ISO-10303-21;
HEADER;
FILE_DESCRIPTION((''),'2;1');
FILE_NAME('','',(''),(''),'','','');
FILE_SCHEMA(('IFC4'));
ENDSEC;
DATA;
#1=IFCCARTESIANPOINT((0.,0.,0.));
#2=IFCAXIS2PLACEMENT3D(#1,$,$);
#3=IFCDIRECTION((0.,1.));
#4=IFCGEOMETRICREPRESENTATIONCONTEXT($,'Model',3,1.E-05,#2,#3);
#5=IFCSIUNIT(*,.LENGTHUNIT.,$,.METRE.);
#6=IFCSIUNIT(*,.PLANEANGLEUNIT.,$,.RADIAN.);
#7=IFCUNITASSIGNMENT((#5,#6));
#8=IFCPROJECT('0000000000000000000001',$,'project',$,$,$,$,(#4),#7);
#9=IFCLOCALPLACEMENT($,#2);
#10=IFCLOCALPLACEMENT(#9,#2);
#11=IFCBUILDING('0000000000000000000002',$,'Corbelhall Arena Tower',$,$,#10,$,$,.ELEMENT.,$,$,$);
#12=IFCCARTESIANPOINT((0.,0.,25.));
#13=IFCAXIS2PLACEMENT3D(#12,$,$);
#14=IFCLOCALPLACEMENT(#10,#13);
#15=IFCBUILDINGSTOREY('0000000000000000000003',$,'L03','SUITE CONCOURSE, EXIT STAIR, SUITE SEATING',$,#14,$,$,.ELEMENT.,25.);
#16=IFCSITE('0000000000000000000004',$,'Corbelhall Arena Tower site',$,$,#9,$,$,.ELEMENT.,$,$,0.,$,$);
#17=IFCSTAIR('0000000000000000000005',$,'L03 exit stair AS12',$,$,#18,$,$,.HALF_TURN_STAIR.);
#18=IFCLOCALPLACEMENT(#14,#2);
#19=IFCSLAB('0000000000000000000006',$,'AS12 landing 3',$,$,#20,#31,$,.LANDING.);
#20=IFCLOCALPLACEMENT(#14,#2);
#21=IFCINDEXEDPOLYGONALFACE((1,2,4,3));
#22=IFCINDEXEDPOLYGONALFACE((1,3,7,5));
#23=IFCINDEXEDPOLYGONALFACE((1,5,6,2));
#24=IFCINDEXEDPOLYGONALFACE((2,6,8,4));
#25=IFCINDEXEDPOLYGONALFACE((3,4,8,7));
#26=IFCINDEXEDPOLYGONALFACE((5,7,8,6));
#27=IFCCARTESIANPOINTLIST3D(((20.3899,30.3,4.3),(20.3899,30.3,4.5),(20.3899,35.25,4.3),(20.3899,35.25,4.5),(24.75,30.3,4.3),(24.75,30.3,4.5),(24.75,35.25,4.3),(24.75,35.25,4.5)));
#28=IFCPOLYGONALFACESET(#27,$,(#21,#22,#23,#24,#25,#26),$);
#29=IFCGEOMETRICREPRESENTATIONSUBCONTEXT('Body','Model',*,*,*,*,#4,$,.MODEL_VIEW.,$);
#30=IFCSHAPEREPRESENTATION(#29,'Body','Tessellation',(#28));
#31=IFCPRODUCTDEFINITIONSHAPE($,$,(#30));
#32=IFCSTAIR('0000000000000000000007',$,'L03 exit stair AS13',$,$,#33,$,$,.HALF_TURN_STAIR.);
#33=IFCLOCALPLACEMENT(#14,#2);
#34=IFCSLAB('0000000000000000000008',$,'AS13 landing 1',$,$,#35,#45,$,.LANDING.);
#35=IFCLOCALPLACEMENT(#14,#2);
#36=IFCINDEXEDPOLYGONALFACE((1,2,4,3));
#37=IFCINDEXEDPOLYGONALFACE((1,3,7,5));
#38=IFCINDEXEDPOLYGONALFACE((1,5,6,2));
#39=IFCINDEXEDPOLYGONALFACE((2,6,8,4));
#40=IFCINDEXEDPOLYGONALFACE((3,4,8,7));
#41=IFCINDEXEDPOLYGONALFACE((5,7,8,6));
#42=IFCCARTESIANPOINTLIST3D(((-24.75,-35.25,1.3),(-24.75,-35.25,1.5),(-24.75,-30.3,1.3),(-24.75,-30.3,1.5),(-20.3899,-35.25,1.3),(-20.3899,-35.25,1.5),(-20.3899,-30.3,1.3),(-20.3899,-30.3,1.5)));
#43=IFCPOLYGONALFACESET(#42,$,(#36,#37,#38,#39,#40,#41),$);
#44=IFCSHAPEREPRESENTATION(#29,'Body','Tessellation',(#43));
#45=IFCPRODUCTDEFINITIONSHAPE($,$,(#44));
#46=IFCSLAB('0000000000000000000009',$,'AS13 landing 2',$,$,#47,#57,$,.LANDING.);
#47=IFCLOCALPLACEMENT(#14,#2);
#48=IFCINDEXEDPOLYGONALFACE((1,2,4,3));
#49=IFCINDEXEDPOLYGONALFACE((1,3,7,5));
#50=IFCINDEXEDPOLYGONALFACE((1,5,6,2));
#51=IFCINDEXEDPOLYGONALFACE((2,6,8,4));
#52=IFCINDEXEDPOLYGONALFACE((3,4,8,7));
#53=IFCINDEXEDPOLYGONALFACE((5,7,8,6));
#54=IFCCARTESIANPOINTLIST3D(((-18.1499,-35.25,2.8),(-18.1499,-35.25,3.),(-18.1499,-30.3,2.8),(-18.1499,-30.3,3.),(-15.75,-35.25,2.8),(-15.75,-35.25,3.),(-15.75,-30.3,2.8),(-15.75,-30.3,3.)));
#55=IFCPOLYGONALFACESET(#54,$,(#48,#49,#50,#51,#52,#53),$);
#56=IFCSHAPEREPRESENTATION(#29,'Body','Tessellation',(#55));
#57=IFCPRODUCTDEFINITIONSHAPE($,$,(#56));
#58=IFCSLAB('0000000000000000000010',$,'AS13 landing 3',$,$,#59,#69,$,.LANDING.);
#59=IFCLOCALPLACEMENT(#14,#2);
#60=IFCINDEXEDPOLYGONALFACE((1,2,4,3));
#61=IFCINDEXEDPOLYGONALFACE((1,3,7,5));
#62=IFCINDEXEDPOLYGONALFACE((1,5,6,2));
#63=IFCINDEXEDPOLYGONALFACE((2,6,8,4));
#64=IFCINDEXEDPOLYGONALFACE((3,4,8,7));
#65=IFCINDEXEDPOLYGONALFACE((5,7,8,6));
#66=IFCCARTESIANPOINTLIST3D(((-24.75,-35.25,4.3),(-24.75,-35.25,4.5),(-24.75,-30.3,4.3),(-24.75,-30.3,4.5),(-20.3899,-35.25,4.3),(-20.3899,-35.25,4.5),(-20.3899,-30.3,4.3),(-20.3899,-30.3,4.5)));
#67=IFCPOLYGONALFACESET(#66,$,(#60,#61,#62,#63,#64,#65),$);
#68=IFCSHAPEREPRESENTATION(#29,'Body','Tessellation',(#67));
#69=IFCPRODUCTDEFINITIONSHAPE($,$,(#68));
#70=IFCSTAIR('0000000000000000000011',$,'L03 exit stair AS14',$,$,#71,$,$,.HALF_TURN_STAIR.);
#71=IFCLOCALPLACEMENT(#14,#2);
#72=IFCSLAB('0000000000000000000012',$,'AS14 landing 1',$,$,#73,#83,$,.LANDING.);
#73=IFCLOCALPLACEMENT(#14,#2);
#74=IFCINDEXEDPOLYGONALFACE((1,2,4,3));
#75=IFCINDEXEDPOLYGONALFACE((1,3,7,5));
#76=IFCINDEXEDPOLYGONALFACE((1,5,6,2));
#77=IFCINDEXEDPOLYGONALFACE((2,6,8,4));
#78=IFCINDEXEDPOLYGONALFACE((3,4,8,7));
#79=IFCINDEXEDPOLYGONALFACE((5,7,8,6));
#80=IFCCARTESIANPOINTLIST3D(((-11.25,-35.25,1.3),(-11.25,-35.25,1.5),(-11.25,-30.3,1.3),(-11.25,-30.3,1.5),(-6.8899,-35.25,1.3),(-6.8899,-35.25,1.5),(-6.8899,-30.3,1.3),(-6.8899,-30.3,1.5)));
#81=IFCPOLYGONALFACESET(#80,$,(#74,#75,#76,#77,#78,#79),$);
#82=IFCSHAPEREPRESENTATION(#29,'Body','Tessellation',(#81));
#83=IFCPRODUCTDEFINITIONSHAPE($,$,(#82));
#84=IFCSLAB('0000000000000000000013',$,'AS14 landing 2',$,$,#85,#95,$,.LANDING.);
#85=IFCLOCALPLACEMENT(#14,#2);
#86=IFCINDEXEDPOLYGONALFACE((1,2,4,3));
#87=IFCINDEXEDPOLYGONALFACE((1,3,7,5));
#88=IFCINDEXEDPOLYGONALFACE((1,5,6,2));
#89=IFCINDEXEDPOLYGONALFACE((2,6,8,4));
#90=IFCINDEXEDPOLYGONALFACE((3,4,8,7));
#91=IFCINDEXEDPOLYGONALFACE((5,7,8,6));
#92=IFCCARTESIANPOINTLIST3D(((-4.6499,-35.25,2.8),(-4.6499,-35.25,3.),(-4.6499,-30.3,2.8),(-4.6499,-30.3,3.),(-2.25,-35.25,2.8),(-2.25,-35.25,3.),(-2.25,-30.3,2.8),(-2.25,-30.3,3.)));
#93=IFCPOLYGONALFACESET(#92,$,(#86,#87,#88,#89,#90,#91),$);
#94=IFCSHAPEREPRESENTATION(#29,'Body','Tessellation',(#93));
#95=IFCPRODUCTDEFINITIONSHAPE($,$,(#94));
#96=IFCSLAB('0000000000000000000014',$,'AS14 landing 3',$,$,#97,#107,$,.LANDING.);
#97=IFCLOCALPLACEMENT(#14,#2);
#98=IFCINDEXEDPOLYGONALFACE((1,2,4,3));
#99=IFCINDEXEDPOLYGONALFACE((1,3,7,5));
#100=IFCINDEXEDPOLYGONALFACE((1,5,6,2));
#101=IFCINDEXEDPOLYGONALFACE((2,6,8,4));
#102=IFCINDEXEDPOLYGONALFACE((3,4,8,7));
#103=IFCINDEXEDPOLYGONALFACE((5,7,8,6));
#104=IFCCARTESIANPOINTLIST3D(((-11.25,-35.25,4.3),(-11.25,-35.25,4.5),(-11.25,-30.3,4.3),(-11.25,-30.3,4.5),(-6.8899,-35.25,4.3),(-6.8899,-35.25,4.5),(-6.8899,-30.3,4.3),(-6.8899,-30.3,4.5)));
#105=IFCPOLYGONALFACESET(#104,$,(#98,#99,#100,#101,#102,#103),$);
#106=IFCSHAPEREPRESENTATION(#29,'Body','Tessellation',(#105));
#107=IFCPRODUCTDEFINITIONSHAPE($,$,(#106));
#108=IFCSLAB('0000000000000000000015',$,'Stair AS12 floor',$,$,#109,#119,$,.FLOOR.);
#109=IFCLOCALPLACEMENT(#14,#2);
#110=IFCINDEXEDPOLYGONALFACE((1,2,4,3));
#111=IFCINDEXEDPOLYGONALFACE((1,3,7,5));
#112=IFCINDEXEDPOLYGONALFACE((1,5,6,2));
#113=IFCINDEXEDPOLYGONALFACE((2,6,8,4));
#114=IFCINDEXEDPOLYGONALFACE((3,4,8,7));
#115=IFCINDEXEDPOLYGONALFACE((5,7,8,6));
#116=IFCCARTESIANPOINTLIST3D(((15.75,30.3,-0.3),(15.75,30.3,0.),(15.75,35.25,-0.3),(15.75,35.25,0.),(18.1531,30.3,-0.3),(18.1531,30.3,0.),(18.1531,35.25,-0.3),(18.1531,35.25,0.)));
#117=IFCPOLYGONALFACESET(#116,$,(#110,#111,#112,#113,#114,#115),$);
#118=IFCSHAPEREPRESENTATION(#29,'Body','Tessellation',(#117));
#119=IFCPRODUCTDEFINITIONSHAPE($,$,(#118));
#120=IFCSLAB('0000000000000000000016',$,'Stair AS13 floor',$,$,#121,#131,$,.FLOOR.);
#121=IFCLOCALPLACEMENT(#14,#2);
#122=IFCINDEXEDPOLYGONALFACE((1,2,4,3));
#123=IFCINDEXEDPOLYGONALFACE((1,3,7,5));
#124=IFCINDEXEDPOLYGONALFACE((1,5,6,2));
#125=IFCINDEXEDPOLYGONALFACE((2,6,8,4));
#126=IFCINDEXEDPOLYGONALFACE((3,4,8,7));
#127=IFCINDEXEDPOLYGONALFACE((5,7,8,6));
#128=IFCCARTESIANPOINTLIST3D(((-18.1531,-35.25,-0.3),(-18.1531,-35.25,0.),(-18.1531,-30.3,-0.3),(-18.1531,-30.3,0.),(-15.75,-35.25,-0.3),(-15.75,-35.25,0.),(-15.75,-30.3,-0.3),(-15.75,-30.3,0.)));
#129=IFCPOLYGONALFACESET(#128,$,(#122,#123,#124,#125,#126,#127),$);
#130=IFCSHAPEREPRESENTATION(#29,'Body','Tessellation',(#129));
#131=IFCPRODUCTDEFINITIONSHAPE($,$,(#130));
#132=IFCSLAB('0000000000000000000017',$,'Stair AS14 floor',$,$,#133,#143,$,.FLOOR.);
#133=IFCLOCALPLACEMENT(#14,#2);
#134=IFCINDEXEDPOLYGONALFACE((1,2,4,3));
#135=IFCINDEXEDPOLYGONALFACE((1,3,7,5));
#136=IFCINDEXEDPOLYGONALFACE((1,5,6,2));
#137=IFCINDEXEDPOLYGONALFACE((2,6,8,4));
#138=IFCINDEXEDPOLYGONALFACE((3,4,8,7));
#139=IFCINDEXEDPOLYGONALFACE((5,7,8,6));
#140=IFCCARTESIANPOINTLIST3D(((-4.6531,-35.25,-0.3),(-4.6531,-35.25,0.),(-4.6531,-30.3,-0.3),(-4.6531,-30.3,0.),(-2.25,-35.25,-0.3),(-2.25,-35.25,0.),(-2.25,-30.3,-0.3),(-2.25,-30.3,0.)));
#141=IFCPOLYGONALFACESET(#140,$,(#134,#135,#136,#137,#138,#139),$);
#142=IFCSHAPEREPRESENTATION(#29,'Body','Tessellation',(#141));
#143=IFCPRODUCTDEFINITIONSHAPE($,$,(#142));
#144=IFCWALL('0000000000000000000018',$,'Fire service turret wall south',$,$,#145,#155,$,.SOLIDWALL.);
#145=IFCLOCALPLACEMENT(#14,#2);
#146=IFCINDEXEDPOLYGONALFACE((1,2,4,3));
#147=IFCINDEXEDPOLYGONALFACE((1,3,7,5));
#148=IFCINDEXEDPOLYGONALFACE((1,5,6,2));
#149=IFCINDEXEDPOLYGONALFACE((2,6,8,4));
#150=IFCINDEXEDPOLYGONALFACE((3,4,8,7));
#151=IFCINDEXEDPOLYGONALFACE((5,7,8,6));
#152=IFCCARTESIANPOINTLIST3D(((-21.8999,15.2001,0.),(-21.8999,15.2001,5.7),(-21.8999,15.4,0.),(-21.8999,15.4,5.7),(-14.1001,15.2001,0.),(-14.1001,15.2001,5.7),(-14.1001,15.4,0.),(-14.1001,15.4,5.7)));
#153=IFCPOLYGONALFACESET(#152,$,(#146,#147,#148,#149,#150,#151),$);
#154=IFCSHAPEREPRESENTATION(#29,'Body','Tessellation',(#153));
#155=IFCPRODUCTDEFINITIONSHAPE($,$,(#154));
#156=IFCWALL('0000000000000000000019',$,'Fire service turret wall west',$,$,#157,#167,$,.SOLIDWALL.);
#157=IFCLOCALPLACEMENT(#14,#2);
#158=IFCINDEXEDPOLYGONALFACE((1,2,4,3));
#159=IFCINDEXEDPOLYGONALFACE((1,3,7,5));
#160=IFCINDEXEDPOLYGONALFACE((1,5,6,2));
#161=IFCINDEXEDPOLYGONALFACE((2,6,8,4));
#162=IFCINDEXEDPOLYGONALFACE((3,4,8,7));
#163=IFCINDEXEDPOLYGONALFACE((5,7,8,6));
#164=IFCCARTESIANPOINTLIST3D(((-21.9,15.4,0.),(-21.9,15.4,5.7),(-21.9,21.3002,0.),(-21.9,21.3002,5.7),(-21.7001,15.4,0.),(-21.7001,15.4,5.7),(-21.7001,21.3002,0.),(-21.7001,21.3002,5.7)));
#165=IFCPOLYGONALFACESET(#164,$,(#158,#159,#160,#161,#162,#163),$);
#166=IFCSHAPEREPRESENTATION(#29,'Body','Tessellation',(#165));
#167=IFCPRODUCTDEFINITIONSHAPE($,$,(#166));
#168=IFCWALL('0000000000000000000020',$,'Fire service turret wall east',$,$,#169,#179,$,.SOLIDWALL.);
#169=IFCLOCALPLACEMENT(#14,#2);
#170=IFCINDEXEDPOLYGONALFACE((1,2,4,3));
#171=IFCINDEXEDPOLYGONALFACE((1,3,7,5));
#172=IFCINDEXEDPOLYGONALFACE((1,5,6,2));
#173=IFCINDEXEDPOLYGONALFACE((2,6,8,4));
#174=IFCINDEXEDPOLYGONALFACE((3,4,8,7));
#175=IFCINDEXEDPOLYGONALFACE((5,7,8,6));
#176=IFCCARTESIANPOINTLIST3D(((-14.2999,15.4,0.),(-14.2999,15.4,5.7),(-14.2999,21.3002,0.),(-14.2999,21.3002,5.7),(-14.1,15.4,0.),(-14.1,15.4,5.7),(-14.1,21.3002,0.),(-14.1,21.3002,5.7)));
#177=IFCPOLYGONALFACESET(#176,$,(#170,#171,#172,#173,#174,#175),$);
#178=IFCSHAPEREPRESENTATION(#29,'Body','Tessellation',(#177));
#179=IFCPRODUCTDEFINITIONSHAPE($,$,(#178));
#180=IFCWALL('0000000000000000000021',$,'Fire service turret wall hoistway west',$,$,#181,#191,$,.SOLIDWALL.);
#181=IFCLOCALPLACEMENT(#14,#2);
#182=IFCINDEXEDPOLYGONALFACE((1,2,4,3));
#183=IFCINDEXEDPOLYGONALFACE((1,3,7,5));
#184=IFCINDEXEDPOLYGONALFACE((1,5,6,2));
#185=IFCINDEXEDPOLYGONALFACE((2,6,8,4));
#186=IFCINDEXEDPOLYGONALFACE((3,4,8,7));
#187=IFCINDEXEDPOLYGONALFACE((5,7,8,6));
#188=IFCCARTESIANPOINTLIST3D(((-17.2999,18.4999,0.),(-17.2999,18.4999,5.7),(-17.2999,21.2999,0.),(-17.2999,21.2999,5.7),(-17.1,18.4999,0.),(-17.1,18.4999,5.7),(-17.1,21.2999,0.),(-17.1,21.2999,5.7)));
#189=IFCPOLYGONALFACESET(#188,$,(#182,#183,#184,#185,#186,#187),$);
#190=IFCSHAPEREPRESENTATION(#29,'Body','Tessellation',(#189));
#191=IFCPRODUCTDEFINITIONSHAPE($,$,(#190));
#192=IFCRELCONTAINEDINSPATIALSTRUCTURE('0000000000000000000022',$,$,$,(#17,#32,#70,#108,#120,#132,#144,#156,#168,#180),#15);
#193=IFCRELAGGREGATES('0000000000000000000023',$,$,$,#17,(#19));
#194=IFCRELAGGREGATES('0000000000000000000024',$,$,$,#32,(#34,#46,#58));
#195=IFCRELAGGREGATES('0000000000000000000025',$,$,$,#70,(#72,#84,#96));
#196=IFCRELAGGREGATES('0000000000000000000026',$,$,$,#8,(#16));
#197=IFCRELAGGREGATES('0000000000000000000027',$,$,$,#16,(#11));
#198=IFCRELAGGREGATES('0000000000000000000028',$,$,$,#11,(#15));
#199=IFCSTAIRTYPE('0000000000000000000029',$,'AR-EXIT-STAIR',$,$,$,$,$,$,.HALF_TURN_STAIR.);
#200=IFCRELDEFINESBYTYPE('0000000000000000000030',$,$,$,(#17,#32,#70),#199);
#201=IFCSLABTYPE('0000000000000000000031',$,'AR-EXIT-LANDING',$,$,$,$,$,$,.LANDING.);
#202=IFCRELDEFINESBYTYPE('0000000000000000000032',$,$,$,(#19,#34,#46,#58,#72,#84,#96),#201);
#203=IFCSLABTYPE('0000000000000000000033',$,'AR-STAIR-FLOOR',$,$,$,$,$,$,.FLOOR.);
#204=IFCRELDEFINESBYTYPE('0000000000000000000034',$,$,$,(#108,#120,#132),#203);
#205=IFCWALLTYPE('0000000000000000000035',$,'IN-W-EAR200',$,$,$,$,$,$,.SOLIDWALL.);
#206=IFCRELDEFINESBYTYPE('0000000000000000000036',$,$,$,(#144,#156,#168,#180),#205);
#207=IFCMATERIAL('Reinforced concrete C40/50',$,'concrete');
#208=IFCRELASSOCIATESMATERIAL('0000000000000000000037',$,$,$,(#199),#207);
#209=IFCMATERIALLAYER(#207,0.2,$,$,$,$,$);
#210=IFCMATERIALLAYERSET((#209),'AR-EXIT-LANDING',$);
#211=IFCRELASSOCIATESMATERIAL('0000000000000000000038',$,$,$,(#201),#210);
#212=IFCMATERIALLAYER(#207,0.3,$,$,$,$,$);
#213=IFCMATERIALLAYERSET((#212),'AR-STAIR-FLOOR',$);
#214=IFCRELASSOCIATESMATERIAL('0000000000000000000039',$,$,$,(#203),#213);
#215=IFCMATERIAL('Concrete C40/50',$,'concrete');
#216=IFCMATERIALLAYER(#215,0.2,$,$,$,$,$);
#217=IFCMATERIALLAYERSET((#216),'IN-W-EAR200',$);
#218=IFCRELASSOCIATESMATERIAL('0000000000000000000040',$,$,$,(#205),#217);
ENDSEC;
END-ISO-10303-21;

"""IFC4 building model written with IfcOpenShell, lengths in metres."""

from ifc_helpers import new_model, si_unit, direction, frame, frame_2d, origin, place, context, subcontext, project, spatial, polyline, rectangle, outline, extrude, material, layer, layer_set, type_object, element, aggregate, save


model = new_model("IFC4")

# Units and contexts
model_context = context("Model", 3, precision=1e-05, world=origin(), true_north=direction((0.0, 1.0)))
body_context = subcontext(model_context, "Body", "Model", "MODEL_VIEW")
ifc_project = project(units=[si_unit("LENGTHUNIT", "METRE"), si_unit("PLANEANGLEUNIT", "RADIAN")], contexts=[model_context])

# Site, building, storey
site_placement = place(None, origin())
site = spatial("IfcSite", under=ifc_project, at=site_placement, Name="Corbelhall Arena Tower site", CompositionType="ELEMENT", RefElevation=0.0)
building_placement = place(site_placement, origin())
building = spatial("IfcBuilding", under=site, at=building_placement, Name="Corbelhall Arena Tower", CompositionType="ELEMENT")
storey_placement = place(building_placement, frame((0.0, 0.0, 25.0)))
storey = spatial("IfcBuildingStorey", under=building, at=storey_placement, Name="L03", Description="SUITE CONCOURSE, EXIT STAIR, SUITE SEATING", CompositionType="ELEMENT", Elevation=25.0)

# Stair, slab
ifc_material_1 = material(Name="Reinforced concrete C40/50", Category="concrete")
stair_type_1 = type_object("IfcStairType", Name="AR-EXIT-STAIR", PredefinedType="HALF_TURN_STAIR", material=ifc_material_1)
stair_1_placement = place(storey_placement, origin())
stair_1 = element("IfcStair", 1, at=stair_1_placement, inside=storey, type_object=stair_type_1, Name="L03 exit stair AS12", PredefinedType="HALF_TURN_STAIR")
ifc_layer_1 = layer(ifc_material_1, 0.2)
ifc_layer_set_1 = layer_set([ifc_layer_1], Name="AR-EXIT-LANDING")
slab_type_1 = type_object("IfcSlabType", Name="AR-EXIT-LANDING", PredefinedType="LANDING", material=ifc_layer_set_1)
slab_1_placement = place(storey_placement, frame((0.0, 0.0, 4.3)))
slab_1 = element("IfcSlab", 2, at=slab_1_placement, type_object=slab_type_1, Name="AS12 landing 3", PredefinedType="LANDING", context=body_context, shape_type="SweptSolid", body=[
    extrude(outline(polyline([(20.3899, 30.3), (24.75, 30.3), (24.75, 35.25), (20.3899, 35.25), (20.3899, 30.3)])), origin(), (0.0, 0.0, 1.0), 0.2),
])
aggregate(stair_1, [slab_1])

# Stairs, slabs
stair_2_placement = place(storey_placement, origin())
stair_2 = element("IfcStair", 3, at=stair_2_placement, inside=storey, type_object=stair_type_1, Name="L03 exit stair AS13", PredefinedType="HALF_TURN_STAIR")
slab_2_placement = place(storey_placement, frame((0.0, 0.0, 1.3)))
slab_2 = element("IfcSlab", 4, at=slab_2_placement, type_object=slab_type_1, Name="AS13 landing 1", PredefinedType="LANDING", context=body_context, shape_type="SweptSolid", body=[
    extrude(outline(polyline([(-20.3899, -30.3), (-24.75, -30.3), (-24.75, -35.25), (-20.3899, -35.25), (-20.3899, -30.3)])), origin(), (0.0, 0.0, 1.0), 0.2),
])
slab_3_placement = place(storey_placement, frame((0.0, 0.0, 2.8)))
slab_3 = element("IfcSlab", 5, at=slab_3_placement, type_object=slab_type_1, Name="AS13 landing 2", PredefinedType="LANDING", context=body_context, shape_type="SweptSolid", body=[
    extrude(outline(polyline([(-15.75, -30.3), (-18.1499, -30.3), (-18.1499, -35.25), (-15.75, -35.25), (-15.75, -30.3)])), origin(), (0.0, 0.0, 1.0), 0.2),
])
slab_4_placement = place(storey_placement, frame((0.0, 0.0, 4.3)))
slab_4 = element("IfcSlab", 6, at=slab_4_placement, type_object=slab_type_1, Name="AS13 landing 3", PredefinedType="LANDING", context=body_context, shape_type="SweptSolid", body=[
    extrude(outline(polyline([(-20.3899, -30.3), (-24.75, -30.3), (-24.75, -35.25), (-20.3899, -35.25), (-20.3899, -30.3)])), origin(), (0.0, 0.0, 1.0), 0.2),
])
aggregate(stair_2, [slab_2, slab_3, slab_4])
stair_3_placement = place(storey_placement, origin())
stair_3 = element("IfcStair", 7, at=stair_3_placement, inside=storey, type_object=stair_type_1, Name="L03 exit stair AS14", PredefinedType="HALF_TURN_STAIR")
slab_5_placement = place(storey_placement, frame((0.0, 0.0, 1.3)))
slab_5 = element("IfcSlab", 8, at=slab_5_placement, type_object=slab_type_1, Name="AS14 landing 1", PredefinedType="LANDING", context=body_context, shape_type="SweptSolid", body=[
    extrude(outline(polyline([(-6.8899, -30.3), (-11.25, -30.3), (-11.25, -35.25), (-6.8899, -35.25), (-6.8899, -30.3)])), origin(), (0.0, 0.0, 1.0), 0.2),
])
slab_6_placement = place(storey_placement, frame((0.0, 0.0, 2.8)))
slab_6 = element("IfcSlab", 9, at=slab_6_placement, type_object=slab_type_1, Name="AS14 landing 2", PredefinedType="LANDING", context=body_context, shape_type="SweptSolid", body=[
    extrude(outline(polyline([(-2.25, -30.3), (-4.6499, -30.3), (-4.6499, -35.25), (-2.25, -35.25), (-2.25, -30.3)])), origin(), (0.0, 0.0, 1.0), 0.2),
])
slab_7_placement = place(storey_placement, frame((0.0, 0.0, 4.3)))
slab_7 = element("IfcSlab", 10, at=slab_7_placement, type_object=slab_type_1, Name="AS14 landing 3", PredefinedType="LANDING", context=body_context, shape_type="SweptSolid", body=[
    extrude(outline(polyline([(-6.8899, -30.3), (-11.25, -30.3), (-11.25, -35.25), (-6.8899, -35.25), (-6.8899, -30.3)])), origin(), (0.0, 0.0, 1.0), 0.2),
])
aggregate(stair_3, [slab_5, slab_6, slab_7])

# Slabs
ifc_layer_2 = layer(ifc_material_1, 0.3)
ifc_layer_set_2 = layer_set([ifc_layer_2], Name="AR-STAIR-FLOOR")
slab_type_2 = type_object("IfcSlabType", Name="AR-STAIR-FLOOR", PredefinedType="FLOOR", material=ifc_layer_set_2)
slab_8_placement = place(storey_placement, frame((0.0, 0.0, -0.3)))
element("IfcSlab", 11, at=slab_8_placement, inside=storey, type_object=slab_type_2, Name="Stair AS12 floor", PredefinedType="FLOOR", context=body_context, shape_type="SweptSolid", body=[
    extrude(outline(polyline([(15.75, 30.3), (15.75, 35.25), (18.1531, 35.25), (18.1531, 30.3), (15.75, 30.3)])), origin(), (0.0, 0.0, 1.0), 0.3),
])
slab_9_placement = place(storey_placement, frame((0.0, 0.0, -0.3)))
element("IfcSlab", 12, at=slab_9_placement, inside=storey, type_object=slab_type_2, Name="Stair AS13 floor", PredefinedType="FLOOR", context=body_context, shape_type="SweptSolid", body=[
    extrude(outline(polyline([(-15.75, -30.3), (-15.75, -35.25), (-18.1531, -35.25), (-18.1531, -30.3), (-15.75, -30.3)])), origin(), (0.0, 0.0, 1.0), 0.3),
])
slab_10_placement = place(storey_placement, frame((0.0, 0.0, -0.3)))
element("IfcSlab", 13, at=slab_10_placement, inside=storey, type_object=slab_type_2, Name="Stair AS14 floor", PredefinedType="FLOOR", context=body_context, shape_type="SweptSolid", body=[
    extrude(outline(polyline([(-2.25, -30.3), (-2.25, -35.25), (-4.6531, -35.25), (-4.6531, -30.3), (-2.25, -30.3)])), origin(), (0.0, 0.0, 1.0), 0.3),
])

# Walls
ifc_material_2 = material(Name="Concrete C40/50", Category="concrete")
ifc_layer_3 = layer(ifc_material_2, 0.2)
ifc_layer_set_3 = layer_set([ifc_layer_3], Name="IN-W-EAR200")
wall_type = type_object("IfcWallType", Name="IN-W-EAR200", PredefinedType="SOLIDWALL", material=ifc_layer_set_3)
wall_1_placement = place(storey_placement, frame((-21.8999, 15.3, 0.0), z_axis=(0.0, 0.0, 1.0), x_axis=(1.0, 0.0, 0.0)))
element("IfcWall", 14, at=wall_1_placement, inside=storey, type_object=wall_type, Name="Fire service turret wall south", PredefinedType="SOLIDWALL", context=body_context, shape_type="SweptSolid", body=[
    extrude(rectangle(XDim=7.7998, YDim=0.2, at=frame_2d((3.8999, 0.0))), origin(), (0.0, 0.0, 1.0), 5.7),
])
for number, where, z_axis, x_axis, name in (
    (15, (-21.8, 15.3999, 0.0), (0.0, 0.0, 1.0), (0.0, 1.0, 0.0), "Fire service turret wall west"),
    (16, (-14.2, 15.3999, 0.0), (0.0, 0.0, 1.0), (0.0, 1.0, 0.0), "Fire service turret wall east"),
):
    element("IfcWall", number, at=place(storey_placement, frame(where, z_axis=z_axis, x_axis=x_axis)), inside=storey, type_object=wall_type, Name=name, PredefinedType="SOLIDWALL", context=body_context, shape_type="SweptSolid", body=[
        extrude(rectangle(XDim=5.9001, YDim=0.2, at=frame_2d((2.9502, 0.0))), origin(), (0.0, 0.0, 1.0), 5.7),
    ])

# Wall
wall_2_placement = place(storey_placement, frame((-17.2, 18.5, 0.0), z_axis=(0.0, 0.0, 1.0), x_axis=(0.0, 1.0, 0.0)))
element("IfcWall", 17, at=wall_2_placement, inside=storey, type_object=wall_type, Name="Fire service turret wall hoistway west", PredefinedType="SOLIDWALL", context=body_context, shape_type="SweptSolid", body=[
    extrude(rectangle(XDim=2.8, YDim=0.2, at=frame_2d((1.3999, 0.0))), origin(), (0.0, 0.0, 1.0), 5.7),
])

save(model, "model.ifc")
